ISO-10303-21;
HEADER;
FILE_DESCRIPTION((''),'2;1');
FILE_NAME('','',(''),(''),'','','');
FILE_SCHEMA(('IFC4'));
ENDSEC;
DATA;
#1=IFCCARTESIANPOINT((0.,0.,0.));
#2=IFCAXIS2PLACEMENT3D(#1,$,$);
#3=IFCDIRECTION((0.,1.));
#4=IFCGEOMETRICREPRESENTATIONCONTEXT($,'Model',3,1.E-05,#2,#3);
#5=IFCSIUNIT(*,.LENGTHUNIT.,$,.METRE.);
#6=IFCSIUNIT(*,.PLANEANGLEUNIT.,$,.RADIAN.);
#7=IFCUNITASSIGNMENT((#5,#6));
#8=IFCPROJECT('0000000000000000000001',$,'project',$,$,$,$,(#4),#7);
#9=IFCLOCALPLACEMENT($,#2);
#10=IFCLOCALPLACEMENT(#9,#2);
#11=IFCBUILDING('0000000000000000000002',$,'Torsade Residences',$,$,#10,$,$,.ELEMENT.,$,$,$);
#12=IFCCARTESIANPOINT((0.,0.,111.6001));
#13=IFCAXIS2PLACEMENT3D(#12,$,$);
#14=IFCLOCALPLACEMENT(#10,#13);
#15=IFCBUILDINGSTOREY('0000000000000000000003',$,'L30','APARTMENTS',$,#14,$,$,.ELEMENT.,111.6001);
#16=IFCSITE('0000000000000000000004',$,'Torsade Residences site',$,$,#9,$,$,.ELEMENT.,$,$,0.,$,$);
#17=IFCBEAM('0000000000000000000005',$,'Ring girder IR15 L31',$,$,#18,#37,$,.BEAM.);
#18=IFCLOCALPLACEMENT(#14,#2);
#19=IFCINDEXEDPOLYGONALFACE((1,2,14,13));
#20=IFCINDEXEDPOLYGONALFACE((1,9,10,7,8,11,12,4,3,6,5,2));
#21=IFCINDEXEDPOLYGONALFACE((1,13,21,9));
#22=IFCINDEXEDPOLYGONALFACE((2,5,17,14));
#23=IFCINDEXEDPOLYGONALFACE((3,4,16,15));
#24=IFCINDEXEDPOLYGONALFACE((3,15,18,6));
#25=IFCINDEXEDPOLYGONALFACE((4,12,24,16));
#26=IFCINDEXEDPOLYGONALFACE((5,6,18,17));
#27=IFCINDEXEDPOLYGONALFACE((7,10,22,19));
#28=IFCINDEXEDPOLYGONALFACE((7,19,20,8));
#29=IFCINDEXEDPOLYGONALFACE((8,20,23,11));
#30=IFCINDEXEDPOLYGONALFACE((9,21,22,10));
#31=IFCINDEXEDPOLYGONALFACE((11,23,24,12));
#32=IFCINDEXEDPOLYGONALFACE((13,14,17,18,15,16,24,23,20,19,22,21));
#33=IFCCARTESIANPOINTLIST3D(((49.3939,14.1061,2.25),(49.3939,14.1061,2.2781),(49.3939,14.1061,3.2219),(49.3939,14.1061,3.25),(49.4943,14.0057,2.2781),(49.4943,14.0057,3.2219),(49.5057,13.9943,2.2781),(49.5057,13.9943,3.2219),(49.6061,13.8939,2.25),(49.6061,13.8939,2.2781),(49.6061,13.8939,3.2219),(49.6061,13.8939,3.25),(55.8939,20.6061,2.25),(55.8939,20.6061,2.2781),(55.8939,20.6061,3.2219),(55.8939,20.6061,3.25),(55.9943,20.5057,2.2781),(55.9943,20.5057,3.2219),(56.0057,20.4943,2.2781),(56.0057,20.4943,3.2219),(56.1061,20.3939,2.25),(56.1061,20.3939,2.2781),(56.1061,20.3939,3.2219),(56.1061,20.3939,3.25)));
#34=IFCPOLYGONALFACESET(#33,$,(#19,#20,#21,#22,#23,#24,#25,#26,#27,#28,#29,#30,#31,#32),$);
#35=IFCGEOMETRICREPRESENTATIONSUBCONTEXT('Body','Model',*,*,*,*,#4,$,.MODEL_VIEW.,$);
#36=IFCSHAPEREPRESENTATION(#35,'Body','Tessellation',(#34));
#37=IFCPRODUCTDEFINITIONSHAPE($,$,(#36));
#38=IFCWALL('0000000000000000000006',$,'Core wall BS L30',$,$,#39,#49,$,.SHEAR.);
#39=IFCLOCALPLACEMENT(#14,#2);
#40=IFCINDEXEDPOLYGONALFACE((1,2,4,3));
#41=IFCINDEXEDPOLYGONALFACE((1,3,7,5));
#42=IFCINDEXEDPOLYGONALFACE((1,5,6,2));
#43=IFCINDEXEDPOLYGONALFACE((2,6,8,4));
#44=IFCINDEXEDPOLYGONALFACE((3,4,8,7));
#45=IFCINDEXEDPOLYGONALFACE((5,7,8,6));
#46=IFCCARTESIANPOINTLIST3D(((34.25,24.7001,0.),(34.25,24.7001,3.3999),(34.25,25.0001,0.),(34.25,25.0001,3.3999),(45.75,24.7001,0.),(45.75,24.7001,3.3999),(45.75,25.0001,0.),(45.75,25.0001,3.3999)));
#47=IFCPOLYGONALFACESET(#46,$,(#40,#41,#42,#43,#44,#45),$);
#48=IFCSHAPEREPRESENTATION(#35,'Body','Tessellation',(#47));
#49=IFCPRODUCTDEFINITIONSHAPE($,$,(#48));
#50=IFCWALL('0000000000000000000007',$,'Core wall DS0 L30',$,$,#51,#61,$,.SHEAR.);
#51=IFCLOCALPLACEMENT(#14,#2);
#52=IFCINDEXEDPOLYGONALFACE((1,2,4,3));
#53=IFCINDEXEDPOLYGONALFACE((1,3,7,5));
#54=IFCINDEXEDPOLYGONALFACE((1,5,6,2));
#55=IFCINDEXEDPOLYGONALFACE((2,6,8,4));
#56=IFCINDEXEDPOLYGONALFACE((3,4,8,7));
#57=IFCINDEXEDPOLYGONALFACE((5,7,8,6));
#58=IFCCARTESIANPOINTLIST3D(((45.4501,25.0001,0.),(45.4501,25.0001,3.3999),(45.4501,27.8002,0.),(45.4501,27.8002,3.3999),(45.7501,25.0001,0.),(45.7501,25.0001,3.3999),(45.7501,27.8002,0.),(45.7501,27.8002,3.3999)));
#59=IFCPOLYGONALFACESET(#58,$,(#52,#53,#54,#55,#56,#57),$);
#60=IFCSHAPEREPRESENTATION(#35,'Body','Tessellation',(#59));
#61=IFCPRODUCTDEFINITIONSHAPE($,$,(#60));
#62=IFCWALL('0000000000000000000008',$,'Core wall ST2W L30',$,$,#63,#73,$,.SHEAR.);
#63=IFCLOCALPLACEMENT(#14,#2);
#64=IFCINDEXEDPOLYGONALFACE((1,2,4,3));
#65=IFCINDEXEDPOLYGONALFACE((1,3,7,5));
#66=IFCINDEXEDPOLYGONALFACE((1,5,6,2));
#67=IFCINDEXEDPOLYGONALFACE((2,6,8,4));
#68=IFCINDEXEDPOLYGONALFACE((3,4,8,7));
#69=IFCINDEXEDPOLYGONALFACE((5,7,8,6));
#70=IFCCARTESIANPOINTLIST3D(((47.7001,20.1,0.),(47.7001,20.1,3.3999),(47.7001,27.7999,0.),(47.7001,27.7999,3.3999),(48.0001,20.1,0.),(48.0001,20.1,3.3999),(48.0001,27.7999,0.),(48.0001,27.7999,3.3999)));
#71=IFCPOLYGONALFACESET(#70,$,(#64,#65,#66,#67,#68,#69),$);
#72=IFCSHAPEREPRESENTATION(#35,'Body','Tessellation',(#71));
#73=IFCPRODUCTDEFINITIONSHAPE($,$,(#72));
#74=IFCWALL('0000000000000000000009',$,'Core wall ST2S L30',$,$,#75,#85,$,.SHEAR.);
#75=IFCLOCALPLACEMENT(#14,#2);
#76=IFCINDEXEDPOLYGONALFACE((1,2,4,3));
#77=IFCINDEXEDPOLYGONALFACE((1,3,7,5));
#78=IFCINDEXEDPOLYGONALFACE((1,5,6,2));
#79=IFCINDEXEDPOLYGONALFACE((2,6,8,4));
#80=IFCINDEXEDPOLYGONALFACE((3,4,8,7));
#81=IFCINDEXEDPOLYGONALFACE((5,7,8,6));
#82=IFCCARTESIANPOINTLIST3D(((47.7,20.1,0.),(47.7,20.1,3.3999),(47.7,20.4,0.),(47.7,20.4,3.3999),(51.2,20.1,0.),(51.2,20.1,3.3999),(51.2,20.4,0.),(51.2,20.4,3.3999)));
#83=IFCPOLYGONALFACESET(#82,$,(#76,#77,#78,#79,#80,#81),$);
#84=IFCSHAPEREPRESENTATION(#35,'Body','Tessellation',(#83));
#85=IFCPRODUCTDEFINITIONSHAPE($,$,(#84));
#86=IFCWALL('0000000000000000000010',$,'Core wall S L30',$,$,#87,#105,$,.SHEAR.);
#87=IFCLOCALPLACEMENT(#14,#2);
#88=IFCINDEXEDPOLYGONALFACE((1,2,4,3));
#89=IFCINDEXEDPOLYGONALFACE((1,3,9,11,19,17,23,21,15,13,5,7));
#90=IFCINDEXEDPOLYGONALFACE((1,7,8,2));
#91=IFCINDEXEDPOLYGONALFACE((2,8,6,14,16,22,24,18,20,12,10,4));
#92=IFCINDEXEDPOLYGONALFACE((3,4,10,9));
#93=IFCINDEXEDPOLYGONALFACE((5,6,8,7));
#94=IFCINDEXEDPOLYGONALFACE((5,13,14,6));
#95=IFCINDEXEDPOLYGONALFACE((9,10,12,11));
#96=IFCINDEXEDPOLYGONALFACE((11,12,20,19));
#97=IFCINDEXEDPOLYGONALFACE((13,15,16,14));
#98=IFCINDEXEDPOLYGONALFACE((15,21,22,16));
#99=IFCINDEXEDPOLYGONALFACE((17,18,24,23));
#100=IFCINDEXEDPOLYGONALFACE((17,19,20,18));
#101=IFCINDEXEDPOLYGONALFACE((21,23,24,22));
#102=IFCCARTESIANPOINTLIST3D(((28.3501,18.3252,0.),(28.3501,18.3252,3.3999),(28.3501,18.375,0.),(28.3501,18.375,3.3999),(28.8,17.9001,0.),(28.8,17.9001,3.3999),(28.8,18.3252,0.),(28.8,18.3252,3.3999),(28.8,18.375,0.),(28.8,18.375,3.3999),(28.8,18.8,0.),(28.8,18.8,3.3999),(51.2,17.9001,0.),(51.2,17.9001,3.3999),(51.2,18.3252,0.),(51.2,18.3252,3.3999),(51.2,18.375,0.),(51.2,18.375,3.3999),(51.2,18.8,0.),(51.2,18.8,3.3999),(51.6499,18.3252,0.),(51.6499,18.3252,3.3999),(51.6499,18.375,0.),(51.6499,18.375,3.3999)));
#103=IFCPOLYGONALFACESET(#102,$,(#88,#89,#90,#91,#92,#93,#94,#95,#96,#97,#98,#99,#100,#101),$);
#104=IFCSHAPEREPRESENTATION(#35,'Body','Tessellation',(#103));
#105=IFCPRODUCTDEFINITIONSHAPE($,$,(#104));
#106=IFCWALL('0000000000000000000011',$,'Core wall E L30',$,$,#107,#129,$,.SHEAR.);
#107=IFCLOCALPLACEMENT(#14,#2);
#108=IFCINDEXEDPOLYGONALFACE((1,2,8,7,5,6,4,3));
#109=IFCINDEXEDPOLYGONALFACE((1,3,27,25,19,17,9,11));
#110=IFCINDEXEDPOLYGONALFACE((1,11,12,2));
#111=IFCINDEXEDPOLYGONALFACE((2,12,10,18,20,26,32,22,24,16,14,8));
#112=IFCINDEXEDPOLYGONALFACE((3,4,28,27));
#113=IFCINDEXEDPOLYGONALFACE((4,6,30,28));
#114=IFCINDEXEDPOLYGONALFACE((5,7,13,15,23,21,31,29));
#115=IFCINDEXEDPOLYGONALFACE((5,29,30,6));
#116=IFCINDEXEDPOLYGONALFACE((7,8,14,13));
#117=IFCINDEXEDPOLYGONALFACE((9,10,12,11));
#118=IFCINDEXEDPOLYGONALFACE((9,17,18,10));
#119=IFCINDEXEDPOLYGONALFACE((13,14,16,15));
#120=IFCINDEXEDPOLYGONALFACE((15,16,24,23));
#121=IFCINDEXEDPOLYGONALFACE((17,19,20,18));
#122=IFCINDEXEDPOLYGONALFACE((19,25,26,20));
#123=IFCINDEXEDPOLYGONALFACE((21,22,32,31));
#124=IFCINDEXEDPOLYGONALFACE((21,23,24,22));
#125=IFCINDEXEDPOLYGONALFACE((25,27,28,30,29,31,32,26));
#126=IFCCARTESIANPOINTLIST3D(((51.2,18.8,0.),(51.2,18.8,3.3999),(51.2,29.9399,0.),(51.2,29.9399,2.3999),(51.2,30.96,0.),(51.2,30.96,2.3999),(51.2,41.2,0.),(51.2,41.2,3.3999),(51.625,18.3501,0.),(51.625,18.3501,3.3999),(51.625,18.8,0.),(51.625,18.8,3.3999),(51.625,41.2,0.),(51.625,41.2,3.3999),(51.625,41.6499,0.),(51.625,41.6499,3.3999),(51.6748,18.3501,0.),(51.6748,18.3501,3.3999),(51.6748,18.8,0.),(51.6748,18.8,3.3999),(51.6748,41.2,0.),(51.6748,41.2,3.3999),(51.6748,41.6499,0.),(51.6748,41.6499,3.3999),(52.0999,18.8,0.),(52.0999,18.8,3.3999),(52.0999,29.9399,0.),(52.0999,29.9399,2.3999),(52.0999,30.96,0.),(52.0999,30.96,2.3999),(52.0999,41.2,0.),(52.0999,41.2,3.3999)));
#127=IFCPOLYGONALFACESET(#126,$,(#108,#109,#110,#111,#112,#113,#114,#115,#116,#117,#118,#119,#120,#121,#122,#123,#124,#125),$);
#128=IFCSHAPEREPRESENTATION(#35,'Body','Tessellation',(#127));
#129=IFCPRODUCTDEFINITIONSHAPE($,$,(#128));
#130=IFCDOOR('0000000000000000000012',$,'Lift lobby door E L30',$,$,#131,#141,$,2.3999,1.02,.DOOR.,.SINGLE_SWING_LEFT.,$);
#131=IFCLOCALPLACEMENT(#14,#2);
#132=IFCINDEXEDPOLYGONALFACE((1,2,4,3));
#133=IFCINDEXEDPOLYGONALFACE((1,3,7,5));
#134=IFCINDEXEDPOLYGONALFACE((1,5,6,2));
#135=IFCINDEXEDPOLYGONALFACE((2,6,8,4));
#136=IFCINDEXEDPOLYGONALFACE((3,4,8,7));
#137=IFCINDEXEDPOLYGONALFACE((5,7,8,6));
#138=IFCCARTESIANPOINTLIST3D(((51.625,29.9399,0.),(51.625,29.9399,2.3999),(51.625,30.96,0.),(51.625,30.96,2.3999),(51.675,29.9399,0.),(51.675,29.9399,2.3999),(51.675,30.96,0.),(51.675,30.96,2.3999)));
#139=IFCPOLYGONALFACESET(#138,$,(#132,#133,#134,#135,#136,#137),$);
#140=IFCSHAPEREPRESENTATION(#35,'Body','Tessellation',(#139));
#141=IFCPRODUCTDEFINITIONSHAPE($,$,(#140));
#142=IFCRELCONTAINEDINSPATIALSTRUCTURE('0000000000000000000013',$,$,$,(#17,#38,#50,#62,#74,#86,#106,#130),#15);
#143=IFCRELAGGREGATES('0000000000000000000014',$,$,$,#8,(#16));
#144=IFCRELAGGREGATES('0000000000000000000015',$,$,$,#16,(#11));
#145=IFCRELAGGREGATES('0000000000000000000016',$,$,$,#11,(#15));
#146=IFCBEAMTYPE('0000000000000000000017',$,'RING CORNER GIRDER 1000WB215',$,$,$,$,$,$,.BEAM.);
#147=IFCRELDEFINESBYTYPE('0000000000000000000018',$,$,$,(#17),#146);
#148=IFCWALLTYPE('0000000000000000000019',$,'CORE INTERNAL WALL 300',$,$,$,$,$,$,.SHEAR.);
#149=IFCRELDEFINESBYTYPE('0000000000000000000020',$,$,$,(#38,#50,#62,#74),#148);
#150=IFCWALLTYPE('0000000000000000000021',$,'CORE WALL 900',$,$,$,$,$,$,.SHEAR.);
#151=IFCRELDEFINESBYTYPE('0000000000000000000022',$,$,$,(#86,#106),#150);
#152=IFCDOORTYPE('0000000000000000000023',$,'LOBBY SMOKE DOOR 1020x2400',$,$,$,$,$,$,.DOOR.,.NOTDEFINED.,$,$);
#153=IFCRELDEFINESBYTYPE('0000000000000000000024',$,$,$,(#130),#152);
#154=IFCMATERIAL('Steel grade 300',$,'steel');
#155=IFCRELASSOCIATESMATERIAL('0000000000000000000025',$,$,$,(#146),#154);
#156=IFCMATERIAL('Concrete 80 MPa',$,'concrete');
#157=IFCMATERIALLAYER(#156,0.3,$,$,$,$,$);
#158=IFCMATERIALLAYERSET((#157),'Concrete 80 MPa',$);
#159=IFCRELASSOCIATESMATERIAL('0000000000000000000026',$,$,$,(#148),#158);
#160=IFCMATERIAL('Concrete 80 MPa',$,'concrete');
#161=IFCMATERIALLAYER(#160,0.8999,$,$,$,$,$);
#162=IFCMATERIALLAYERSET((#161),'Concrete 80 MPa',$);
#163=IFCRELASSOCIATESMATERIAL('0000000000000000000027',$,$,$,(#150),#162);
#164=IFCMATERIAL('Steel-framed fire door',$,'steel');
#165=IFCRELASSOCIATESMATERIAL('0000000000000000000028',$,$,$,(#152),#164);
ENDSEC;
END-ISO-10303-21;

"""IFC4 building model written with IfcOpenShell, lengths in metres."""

from ifc_helpers import new_model, si_unit, direction, frame, frame_2d, origin, origin_2d, place, context, subcontext, project, spatial, polyline, rectangle, i_section, outline, extrude, material, layer, layer_set, material_profile, profile_set, type_object, element, fill, save


model = new_model("IFC4")

# Units and contexts
model_context = context("Model", 3, precision=1e-05, world=origin(), true_north=direction((0.0, 1.0)))
body_context = subcontext(model_context, "Body", "Model", "MODEL_VIEW")
ifc_project = project(units=[si_unit("LENGTHUNIT", "METRE"), si_unit("PLANEANGLEUNIT", "RADIAN")], contexts=[model_context])

# Site, building, storey
site_placement = place(None, origin())
site = spatial("IfcSite", under=ifc_project, at=site_placement, Name="Torsade Residences site", CompositionType="ELEMENT", RefElevation=0.0)
building_placement = place(site_placement, origin())
building = spatial("IfcBuilding", under=site, at=building_placement, Name="Torsade Residences", CompositionType="ELEMENT")
storey_placement = place(building_placement, frame((0.0, 0.0, 111.6001)))
storey = spatial("IfcBuildingStorey", under=building, at=storey_placement, Name="L30", Description="APARTMENTS", CompositionType="ELEMENT", Elevation=111.6001)

# Beam
ifc_material_1 = material(Name="Steel grade 300", Category="steel")
ifc_material_profile_1 = material_profile(ifc_material_1, i_section(OverallWidth=0.3, OverallDepth=1.0, WebThickness=0.0161, FlangeThickness=0.0281, at=origin_2d()), Name="1000WB215")
ifc_profile_set_1 = profile_set([ifc_material_profile_1], Name="Steel grade 300")
beam_type_1 = type_object("IfcBeamType", Name="RING CORNER GIRDER 1000WB215", PredefinedType="BEAM", material=ifc_profile_set_1)
beam_1_placement = place(storey_placement, frame((49.5, 14.0, 2.75), z_axis=(0.707107, 0.707107, 0.0), x_axis=(-0.707107, 0.707107, 0.0)))
element("IfcBeam", 1, at=beam_1_placement, inside=storey, type_object=beam_type_1, Name="Ring girder IR15 L31", PredefinedType="BEAM", context=body_context, shape_type="SweptSolid", body=[
    extrude(i_section(OverallWidth=0.3, OverallDepth=1.0, WebThickness=0.0161, FlangeThickness=0.0281, at=origin_2d()), origin(), (0.0, 0.0, 1.0), 9.1924),
])

# Walls
ifc_material_2 = material(Name="Concrete 80 MPa", Category="concrete")
ifc_layer_1 = layer(ifc_material_2, 0.3)
ifc_layer_set_1 = layer_set([ifc_layer_1], Name="Concrete 80 MPa")
wall_type_1 = type_object("IfcWallType", Name="CORE INTERNAL WALL 300", PredefinedType="SHEAR", material=ifc_layer_set_1)
wall_1_placement = place(storey_placement, frame((45.75, 24.8501, 0.0), z_axis=(0.0, 0.0, 1.0), x_axis=(-1.0, 0.0, 0.0)))
element("IfcWall", 2, at=wall_1_placement, inside=storey, type_object=wall_type_1, Name="Core wall BS L30", PredefinedType="SHEAR", context=body_context, shape_type="SweptSolid", body=[
    extrude(rectangle(XDim=11.5, YDim=0.3, at=frame_2d((5.75, 0.0))), origin(), (0.0, 0.0, 1.0), 3.3999),
])
wall_2_placement = place(storey_placement, frame((45.6001, 27.8, 0.0), z_axis=(0.0, 0.0, 1.0), x_axis=(0.0, -1.0, 0.0)))
element("IfcWall", 3, at=wall_2_placement, inside=storey, type_object=wall_type_1, Name="Core wall DS0 L30", PredefinedType="SHEAR", context=body_context, shape_type="SweptSolid", body=[
    extrude(rectangle(XDim=2.8, YDim=0.3, at=frame_2d((1.3999, 0.0))), origin(), (0.0, 0.0, 1.0), 3.3999),
])
wall_3_placement = place(storey_placement, frame((47.8501, 27.8, 0.0), z_axis=(0.0, 0.0, 1.0), x_axis=(0.0, -1.0, 0.0)))
element("IfcWall", 4, at=wall_3_placement, inside=storey, type_object=wall_type_1, Name="Core wall ST2W L30", PredefinedType="SHEAR", context=body_context, shape_type="SweptSolid", body=[
    extrude(rectangle(XDim=7.7, YDim=0.3, at=frame_2d((3.8501, 0.0))), origin(), (0.0, 0.0, 1.0), 3.3999),
])
wall_4_placement = place(storey_placement, frame((51.2, 20.25, 0.0), z_axis=(0.0, 0.0, 1.0), x_axis=(-1.0, 0.0, 0.0)))
element("IfcWall", 5, at=wall_4_placement, inside=storey, type_object=wall_type_1, Name="Core wall ST2S L30", PredefinedType="SHEAR", context=body_context, shape_type="SweptSolid", body=[
    extrude(rectangle(XDim=3.5, YDim=0.3, at=frame_2d((1.75, 0.0))), origin(), (0.0, 0.0, 1.0), 3.3999),
])
ifc_material_3 = material(Name="Concrete 80 MPa", Category="concrete")
ifc_layer_2 = layer(ifc_material_3, 0.8999)
ifc_layer_set_2 = layer_set([ifc_layer_2], Name="Concrete 80 MPa")
wall_type_2 = type_object("IfcWallType", Name="CORE WALL 900", PredefinedType="SHEAR", material=ifc_layer_set_2)
wall_5_placement = place(storey_placement, frame((51.2, 18.3501, 0.0), z_axis=(0.0, 0.0, 1.0), x_axis=(-1.0, 0.0, 0.0)))
element("IfcWall", 6, at=wall_5_placement, inside=storey, type_object=wall_type_2, Name="Core wall S L30", PredefinedType="SHEAR", context=body_context, shape_type="SweptSolid", body=[
    extrude(outline(polyline([(0.0, -0.45), (22.3999, -0.45), (22.3999, -0.0249), (22.8499, -0.0249), (22.8499, 0.0249), (22.3999, 0.0249), (22.3999, 0.45), (0.0, 0.45), (0.0, 0.0249), (-0.45, 0.0249), (-0.45, -0.0249), (0.0, -0.0249), (0.0, -0.45)])), origin(), (0.0, 0.0, 1.0), 3.3999),
])

# Wall, opening, door
wall_6_placement = place(storey_placement, frame((51.6499, 18.8, 0.0), z_axis=(0.0, 0.0, 1.0), x_axis=(0.0, 1.0, 0.0)))
wall_6 = element("IfcWall", 7, at=wall_6_placement, inside=storey, type_object=wall_type_2, Name="Core wall E L30", PredefinedType="SHEAR", context=body_context, shape_type="SweptSolid", body=[
    extrude(outline(polyline([(0.0, -0.45), (22.3999, -0.45), (22.3999, -0.0249), (22.8499, -0.0249), (22.8499, 0.0249), (22.3999, 0.0249), (22.3999, 0.45), (0.0, 0.45), (0.0, 0.0249), (-0.45, 0.0249), (-0.45, -0.0249), (0.0, -0.0249), (0.0, -0.45)])), origin(), (0.0, 0.0, 1.0), 3.3999),
])
opening_1_placement = place(wall_6_placement, frame((11.1399, 0.0, 0.0)))
opening_1 = element("IfcOpeningElement", 8, at=opening_1_placement, cuts=wall_6, PredefinedType="OPENING", context=body_context, shape_type="SweptSolid", body=[
    extrude(rectangle(XDim=1.02, YDim=2.3999, at=frame_2d((0.51, 1.2))), frame((0.0, 0.46, 0.0), z_axis=(0.0, -1.0, 0.0), x_axis=(1.0, 0.0, 0.0)), (0.0, 0.0, 1.0), 0.9199),
])
ifc_material_4 = material(Name="Steel-framed fire door", Category="steel")
door_type_1 = type_object("IfcDoorType", Name="LOBBY SMOKE DOOR 1020x2400", OperationType="NOTDEFINED", PredefinedType="DOOR", material=ifc_material_4)
door_1_placement = place(opening_1_placement, origin())
door_1 = element("IfcDoor", 9, at=door_1_placement, inside=storey, type_object=door_type_1, Name="Lift lobby door E L30", OperationType="SINGLE_SWING_LEFT", OverallHeight=2.3999, OverallWidth=1.02, PredefinedType="DOOR", context=body_context, shape_type="SweptSolid", body=[
    extrude(rectangle(XDim=1.02, YDim=2.3999, at=frame_2d((0.51, 1.2))), frame((0.0, 0.0249, 0.0), z_axis=(0.0, -1.0, 0.0), x_axis=(1.0, 0.0, 0.0)), (0.0, 0.0, 1.0), 0.05),
])
fill(opening_1, door_1)

save(model, "model.ifc")
